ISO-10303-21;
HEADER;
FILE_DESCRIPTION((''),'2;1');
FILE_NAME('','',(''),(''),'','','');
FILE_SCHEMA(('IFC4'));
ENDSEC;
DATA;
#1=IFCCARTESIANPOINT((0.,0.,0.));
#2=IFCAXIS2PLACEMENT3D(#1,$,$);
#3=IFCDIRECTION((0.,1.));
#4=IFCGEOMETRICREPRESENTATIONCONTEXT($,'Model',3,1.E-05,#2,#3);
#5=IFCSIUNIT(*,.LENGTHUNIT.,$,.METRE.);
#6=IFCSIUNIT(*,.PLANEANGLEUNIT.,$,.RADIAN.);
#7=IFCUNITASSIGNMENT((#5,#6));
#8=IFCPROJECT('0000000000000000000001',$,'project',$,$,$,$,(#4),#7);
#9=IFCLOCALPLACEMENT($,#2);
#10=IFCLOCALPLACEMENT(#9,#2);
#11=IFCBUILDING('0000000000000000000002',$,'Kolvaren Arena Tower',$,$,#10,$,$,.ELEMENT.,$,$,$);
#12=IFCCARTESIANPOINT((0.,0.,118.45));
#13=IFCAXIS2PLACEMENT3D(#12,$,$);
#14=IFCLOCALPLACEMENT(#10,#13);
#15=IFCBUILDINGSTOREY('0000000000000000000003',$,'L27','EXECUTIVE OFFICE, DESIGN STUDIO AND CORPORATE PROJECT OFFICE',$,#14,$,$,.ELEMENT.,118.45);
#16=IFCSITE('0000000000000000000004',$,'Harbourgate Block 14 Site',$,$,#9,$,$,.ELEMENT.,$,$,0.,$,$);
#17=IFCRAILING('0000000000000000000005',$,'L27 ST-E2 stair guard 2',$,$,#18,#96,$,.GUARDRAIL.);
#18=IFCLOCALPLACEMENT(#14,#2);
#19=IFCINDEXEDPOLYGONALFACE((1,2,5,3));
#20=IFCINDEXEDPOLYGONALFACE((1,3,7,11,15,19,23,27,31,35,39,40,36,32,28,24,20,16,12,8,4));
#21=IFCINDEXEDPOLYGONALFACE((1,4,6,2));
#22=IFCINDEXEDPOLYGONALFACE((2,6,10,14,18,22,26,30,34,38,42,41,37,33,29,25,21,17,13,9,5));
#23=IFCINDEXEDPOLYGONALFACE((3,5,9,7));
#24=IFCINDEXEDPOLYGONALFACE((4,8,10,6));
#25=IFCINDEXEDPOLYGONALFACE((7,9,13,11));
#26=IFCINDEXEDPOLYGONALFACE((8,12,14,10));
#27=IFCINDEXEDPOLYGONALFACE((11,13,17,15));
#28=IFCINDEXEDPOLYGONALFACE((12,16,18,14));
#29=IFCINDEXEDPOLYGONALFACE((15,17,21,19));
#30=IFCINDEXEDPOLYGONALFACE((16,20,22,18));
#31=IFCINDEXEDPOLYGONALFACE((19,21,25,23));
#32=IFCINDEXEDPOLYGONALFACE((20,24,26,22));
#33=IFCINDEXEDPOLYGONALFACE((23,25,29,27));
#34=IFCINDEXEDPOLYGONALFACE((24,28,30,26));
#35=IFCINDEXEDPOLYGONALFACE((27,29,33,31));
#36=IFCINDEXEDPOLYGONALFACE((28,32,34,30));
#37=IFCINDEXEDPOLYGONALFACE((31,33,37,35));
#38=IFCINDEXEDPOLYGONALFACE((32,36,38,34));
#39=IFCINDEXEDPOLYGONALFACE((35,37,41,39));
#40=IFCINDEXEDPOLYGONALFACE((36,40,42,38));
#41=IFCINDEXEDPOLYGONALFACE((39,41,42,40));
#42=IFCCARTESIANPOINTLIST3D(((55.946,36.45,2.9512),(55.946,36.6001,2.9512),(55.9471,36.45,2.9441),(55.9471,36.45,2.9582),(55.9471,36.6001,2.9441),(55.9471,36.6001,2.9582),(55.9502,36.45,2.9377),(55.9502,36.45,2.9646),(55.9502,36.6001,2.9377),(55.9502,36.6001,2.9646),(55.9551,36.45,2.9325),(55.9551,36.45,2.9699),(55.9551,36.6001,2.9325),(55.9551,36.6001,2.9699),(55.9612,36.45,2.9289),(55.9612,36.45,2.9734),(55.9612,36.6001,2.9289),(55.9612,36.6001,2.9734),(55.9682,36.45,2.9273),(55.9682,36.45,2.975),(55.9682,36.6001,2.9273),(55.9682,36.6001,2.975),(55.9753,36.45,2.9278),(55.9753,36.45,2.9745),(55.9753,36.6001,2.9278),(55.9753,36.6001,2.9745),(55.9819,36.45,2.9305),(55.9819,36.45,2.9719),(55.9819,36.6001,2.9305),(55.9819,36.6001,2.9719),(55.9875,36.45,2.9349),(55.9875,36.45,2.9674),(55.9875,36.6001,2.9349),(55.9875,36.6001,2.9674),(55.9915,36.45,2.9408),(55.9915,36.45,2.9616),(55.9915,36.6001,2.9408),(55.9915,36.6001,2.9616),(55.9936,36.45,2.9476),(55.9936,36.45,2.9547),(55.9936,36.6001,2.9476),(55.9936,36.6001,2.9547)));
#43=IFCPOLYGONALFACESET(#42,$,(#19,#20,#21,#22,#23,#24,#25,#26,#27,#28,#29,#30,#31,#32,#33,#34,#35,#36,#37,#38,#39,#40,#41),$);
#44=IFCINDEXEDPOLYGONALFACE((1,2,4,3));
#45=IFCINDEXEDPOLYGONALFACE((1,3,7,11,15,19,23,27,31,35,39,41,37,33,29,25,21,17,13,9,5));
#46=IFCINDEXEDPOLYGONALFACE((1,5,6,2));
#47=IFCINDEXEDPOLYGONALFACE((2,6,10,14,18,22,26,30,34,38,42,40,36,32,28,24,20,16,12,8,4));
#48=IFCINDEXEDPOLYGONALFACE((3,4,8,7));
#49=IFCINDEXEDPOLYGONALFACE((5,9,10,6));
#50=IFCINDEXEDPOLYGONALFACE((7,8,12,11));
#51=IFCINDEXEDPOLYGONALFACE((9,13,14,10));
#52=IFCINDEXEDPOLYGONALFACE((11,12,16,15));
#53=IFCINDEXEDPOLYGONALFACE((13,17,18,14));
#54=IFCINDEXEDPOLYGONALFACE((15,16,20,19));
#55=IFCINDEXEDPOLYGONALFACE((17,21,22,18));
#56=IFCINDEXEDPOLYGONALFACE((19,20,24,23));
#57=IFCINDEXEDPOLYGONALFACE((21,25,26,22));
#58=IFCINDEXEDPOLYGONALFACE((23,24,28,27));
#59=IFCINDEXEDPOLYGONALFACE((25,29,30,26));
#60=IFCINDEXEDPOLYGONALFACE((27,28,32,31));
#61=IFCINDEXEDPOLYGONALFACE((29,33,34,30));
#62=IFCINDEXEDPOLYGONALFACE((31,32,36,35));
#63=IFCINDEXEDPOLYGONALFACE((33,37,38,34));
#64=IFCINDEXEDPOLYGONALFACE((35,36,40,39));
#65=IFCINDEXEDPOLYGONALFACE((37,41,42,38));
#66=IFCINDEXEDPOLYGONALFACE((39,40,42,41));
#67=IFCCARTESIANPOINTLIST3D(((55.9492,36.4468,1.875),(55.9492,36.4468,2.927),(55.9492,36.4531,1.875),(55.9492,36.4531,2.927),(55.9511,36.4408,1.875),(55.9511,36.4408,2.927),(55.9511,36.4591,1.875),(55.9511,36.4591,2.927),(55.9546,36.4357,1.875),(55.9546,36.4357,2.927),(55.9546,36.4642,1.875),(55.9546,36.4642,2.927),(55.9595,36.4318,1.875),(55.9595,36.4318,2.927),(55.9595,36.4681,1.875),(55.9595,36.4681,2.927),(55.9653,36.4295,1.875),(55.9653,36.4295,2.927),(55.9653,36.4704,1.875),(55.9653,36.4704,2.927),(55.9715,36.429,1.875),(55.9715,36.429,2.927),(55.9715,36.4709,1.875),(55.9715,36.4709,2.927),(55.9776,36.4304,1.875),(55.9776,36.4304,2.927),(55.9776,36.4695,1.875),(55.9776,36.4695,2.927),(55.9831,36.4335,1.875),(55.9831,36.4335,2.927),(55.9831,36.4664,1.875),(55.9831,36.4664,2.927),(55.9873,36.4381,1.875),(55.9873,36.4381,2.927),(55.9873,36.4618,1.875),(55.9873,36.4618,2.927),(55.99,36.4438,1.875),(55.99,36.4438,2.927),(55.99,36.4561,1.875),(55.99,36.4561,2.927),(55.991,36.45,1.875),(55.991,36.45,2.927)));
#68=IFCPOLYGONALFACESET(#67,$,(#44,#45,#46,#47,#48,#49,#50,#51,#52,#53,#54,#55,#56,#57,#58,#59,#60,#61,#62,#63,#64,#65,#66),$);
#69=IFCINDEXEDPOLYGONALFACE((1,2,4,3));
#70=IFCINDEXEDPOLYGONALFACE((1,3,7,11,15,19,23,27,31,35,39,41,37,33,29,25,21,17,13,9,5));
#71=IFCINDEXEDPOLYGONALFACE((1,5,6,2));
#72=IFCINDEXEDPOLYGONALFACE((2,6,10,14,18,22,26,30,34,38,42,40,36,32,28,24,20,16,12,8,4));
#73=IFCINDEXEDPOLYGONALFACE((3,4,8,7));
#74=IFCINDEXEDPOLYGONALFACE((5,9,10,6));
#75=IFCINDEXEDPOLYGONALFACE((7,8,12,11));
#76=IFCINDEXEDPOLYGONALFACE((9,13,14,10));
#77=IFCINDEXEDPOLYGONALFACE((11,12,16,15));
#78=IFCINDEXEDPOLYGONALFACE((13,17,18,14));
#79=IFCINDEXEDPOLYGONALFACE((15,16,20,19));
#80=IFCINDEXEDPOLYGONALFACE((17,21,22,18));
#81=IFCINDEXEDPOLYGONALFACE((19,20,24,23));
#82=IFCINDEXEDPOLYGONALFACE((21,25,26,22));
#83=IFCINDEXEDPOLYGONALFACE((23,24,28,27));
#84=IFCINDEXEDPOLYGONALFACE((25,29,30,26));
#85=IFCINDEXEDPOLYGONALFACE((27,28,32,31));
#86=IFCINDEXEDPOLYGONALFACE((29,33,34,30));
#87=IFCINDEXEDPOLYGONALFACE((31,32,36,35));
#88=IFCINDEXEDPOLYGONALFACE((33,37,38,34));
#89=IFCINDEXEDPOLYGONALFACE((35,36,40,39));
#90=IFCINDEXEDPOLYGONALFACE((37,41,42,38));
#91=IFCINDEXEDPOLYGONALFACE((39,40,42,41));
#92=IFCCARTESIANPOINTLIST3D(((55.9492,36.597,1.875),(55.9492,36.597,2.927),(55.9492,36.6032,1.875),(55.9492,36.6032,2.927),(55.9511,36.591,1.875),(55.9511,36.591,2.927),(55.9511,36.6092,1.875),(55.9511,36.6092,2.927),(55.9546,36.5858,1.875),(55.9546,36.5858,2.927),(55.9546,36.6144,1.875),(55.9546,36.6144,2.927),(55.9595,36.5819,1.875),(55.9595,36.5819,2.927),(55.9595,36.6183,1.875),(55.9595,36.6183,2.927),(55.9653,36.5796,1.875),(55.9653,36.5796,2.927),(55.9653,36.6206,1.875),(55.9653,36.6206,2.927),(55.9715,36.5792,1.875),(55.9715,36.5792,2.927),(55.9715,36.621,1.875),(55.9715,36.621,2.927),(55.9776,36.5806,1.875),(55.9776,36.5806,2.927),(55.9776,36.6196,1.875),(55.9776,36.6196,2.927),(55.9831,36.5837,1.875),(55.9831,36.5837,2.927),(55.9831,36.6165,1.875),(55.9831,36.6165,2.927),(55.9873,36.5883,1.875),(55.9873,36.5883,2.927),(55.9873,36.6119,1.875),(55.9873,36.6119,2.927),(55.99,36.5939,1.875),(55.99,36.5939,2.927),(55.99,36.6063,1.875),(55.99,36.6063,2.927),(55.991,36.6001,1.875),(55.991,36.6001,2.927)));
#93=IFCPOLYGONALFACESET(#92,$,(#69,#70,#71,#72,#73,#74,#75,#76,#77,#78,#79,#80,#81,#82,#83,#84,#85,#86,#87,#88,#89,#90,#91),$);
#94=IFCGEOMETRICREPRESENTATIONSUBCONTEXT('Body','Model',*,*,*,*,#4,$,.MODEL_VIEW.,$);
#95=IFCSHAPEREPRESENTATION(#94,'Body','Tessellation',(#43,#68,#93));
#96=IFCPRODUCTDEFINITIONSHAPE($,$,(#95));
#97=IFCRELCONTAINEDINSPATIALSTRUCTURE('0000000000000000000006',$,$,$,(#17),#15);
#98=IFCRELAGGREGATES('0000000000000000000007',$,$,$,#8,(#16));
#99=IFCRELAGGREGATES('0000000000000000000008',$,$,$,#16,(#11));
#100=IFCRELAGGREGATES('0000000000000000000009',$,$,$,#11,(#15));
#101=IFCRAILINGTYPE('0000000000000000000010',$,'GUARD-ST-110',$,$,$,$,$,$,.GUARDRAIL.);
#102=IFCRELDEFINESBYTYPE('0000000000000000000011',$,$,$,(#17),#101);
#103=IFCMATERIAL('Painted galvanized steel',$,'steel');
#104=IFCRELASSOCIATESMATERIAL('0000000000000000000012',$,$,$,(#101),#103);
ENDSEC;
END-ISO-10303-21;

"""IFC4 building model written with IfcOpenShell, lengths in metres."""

from ifc_helpers import new_model, si_unit, direction, frame, origin, origin_2d, place, context, subcontext, project, spatial, circle, extrude, material, type_object, element, save


model = new_model("IFC4")

# Units and contexts
model_context = context("Model", 3, precision=1e-05, world=origin(), true_north=direction((0.0, 1.0)))
body_context = subcontext(model_context, "Body", "Model", "MODEL_VIEW")
ifc_project = project(units=[si_unit("LENGTHUNIT", "METRE"), si_unit("PLANEANGLEUNIT", "RADIAN")], contexts=[model_context])

# Site, building, storey
site_placement = place(None, origin())
site = spatial("IfcSite", under=ifc_project, at=site_placement, Name="Harbourgate Block 14 Site", CompositionType="ELEMENT", RefElevation=0.0)
building_placement = place(site_placement, origin())
building = spatial("IfcBuilding", under=site, at=building_placement, Name="Kolvaren Arena Tower", CompositionType="ELEMENT")
storey_placement = place(building_placement, frame((0.0, 0.0, 118.45)))
storey = spatial("IfcBuildingStorey", under=building, at=storey_placement, Name="L27", Description="EXECUTIVE OFFICE, DESIGN STUDIO AND CORPORATE PROJECT OFFICE", CompositionType="ELEMENT", Elevation=118.45)

# Railing
ifc_material_1 = material(Name="Painted galvanized steel", Category="steel")
railing_type_1 = type_object("IfcRailingType", Name="GUARD-ST-110", PredefinedType="GUARDRAIL", material=ifc_material_1)
railing_1_placement = place(storey_placement, frame((55.97, 36.45, 1.875)))
element("IfcRailing", 1, at=railing_1_placement, inside=storey, type_object=railing_type_1, Name="L27 ST-E2 stair guard 2", PredefinedType="GUARDRAIL", context=body_context, shape_type="SweptSolid", body=[
    extrude(circle(Radius=0.0239, at=origin_2d()), frame((0.0, 0.0, 1.0762), z_axis=(0.0, 1.0, 0.0), x_axis=(-1.0, 0.0, 0.0)), (0.0, 0.0, 1.0), 0.1501),
    extrude(circle(Radius=0.021, at=origin_2d()), origin(), (0.0, 0.0, 1.0), 1.052),
    extrude(circle(Radius=0.021, at=origin_2d()), frame((0.0, 0.1501, 0.0)), (0.0, 0.0, 1.0), 1.052),
])

save(model, "model.ifc")
